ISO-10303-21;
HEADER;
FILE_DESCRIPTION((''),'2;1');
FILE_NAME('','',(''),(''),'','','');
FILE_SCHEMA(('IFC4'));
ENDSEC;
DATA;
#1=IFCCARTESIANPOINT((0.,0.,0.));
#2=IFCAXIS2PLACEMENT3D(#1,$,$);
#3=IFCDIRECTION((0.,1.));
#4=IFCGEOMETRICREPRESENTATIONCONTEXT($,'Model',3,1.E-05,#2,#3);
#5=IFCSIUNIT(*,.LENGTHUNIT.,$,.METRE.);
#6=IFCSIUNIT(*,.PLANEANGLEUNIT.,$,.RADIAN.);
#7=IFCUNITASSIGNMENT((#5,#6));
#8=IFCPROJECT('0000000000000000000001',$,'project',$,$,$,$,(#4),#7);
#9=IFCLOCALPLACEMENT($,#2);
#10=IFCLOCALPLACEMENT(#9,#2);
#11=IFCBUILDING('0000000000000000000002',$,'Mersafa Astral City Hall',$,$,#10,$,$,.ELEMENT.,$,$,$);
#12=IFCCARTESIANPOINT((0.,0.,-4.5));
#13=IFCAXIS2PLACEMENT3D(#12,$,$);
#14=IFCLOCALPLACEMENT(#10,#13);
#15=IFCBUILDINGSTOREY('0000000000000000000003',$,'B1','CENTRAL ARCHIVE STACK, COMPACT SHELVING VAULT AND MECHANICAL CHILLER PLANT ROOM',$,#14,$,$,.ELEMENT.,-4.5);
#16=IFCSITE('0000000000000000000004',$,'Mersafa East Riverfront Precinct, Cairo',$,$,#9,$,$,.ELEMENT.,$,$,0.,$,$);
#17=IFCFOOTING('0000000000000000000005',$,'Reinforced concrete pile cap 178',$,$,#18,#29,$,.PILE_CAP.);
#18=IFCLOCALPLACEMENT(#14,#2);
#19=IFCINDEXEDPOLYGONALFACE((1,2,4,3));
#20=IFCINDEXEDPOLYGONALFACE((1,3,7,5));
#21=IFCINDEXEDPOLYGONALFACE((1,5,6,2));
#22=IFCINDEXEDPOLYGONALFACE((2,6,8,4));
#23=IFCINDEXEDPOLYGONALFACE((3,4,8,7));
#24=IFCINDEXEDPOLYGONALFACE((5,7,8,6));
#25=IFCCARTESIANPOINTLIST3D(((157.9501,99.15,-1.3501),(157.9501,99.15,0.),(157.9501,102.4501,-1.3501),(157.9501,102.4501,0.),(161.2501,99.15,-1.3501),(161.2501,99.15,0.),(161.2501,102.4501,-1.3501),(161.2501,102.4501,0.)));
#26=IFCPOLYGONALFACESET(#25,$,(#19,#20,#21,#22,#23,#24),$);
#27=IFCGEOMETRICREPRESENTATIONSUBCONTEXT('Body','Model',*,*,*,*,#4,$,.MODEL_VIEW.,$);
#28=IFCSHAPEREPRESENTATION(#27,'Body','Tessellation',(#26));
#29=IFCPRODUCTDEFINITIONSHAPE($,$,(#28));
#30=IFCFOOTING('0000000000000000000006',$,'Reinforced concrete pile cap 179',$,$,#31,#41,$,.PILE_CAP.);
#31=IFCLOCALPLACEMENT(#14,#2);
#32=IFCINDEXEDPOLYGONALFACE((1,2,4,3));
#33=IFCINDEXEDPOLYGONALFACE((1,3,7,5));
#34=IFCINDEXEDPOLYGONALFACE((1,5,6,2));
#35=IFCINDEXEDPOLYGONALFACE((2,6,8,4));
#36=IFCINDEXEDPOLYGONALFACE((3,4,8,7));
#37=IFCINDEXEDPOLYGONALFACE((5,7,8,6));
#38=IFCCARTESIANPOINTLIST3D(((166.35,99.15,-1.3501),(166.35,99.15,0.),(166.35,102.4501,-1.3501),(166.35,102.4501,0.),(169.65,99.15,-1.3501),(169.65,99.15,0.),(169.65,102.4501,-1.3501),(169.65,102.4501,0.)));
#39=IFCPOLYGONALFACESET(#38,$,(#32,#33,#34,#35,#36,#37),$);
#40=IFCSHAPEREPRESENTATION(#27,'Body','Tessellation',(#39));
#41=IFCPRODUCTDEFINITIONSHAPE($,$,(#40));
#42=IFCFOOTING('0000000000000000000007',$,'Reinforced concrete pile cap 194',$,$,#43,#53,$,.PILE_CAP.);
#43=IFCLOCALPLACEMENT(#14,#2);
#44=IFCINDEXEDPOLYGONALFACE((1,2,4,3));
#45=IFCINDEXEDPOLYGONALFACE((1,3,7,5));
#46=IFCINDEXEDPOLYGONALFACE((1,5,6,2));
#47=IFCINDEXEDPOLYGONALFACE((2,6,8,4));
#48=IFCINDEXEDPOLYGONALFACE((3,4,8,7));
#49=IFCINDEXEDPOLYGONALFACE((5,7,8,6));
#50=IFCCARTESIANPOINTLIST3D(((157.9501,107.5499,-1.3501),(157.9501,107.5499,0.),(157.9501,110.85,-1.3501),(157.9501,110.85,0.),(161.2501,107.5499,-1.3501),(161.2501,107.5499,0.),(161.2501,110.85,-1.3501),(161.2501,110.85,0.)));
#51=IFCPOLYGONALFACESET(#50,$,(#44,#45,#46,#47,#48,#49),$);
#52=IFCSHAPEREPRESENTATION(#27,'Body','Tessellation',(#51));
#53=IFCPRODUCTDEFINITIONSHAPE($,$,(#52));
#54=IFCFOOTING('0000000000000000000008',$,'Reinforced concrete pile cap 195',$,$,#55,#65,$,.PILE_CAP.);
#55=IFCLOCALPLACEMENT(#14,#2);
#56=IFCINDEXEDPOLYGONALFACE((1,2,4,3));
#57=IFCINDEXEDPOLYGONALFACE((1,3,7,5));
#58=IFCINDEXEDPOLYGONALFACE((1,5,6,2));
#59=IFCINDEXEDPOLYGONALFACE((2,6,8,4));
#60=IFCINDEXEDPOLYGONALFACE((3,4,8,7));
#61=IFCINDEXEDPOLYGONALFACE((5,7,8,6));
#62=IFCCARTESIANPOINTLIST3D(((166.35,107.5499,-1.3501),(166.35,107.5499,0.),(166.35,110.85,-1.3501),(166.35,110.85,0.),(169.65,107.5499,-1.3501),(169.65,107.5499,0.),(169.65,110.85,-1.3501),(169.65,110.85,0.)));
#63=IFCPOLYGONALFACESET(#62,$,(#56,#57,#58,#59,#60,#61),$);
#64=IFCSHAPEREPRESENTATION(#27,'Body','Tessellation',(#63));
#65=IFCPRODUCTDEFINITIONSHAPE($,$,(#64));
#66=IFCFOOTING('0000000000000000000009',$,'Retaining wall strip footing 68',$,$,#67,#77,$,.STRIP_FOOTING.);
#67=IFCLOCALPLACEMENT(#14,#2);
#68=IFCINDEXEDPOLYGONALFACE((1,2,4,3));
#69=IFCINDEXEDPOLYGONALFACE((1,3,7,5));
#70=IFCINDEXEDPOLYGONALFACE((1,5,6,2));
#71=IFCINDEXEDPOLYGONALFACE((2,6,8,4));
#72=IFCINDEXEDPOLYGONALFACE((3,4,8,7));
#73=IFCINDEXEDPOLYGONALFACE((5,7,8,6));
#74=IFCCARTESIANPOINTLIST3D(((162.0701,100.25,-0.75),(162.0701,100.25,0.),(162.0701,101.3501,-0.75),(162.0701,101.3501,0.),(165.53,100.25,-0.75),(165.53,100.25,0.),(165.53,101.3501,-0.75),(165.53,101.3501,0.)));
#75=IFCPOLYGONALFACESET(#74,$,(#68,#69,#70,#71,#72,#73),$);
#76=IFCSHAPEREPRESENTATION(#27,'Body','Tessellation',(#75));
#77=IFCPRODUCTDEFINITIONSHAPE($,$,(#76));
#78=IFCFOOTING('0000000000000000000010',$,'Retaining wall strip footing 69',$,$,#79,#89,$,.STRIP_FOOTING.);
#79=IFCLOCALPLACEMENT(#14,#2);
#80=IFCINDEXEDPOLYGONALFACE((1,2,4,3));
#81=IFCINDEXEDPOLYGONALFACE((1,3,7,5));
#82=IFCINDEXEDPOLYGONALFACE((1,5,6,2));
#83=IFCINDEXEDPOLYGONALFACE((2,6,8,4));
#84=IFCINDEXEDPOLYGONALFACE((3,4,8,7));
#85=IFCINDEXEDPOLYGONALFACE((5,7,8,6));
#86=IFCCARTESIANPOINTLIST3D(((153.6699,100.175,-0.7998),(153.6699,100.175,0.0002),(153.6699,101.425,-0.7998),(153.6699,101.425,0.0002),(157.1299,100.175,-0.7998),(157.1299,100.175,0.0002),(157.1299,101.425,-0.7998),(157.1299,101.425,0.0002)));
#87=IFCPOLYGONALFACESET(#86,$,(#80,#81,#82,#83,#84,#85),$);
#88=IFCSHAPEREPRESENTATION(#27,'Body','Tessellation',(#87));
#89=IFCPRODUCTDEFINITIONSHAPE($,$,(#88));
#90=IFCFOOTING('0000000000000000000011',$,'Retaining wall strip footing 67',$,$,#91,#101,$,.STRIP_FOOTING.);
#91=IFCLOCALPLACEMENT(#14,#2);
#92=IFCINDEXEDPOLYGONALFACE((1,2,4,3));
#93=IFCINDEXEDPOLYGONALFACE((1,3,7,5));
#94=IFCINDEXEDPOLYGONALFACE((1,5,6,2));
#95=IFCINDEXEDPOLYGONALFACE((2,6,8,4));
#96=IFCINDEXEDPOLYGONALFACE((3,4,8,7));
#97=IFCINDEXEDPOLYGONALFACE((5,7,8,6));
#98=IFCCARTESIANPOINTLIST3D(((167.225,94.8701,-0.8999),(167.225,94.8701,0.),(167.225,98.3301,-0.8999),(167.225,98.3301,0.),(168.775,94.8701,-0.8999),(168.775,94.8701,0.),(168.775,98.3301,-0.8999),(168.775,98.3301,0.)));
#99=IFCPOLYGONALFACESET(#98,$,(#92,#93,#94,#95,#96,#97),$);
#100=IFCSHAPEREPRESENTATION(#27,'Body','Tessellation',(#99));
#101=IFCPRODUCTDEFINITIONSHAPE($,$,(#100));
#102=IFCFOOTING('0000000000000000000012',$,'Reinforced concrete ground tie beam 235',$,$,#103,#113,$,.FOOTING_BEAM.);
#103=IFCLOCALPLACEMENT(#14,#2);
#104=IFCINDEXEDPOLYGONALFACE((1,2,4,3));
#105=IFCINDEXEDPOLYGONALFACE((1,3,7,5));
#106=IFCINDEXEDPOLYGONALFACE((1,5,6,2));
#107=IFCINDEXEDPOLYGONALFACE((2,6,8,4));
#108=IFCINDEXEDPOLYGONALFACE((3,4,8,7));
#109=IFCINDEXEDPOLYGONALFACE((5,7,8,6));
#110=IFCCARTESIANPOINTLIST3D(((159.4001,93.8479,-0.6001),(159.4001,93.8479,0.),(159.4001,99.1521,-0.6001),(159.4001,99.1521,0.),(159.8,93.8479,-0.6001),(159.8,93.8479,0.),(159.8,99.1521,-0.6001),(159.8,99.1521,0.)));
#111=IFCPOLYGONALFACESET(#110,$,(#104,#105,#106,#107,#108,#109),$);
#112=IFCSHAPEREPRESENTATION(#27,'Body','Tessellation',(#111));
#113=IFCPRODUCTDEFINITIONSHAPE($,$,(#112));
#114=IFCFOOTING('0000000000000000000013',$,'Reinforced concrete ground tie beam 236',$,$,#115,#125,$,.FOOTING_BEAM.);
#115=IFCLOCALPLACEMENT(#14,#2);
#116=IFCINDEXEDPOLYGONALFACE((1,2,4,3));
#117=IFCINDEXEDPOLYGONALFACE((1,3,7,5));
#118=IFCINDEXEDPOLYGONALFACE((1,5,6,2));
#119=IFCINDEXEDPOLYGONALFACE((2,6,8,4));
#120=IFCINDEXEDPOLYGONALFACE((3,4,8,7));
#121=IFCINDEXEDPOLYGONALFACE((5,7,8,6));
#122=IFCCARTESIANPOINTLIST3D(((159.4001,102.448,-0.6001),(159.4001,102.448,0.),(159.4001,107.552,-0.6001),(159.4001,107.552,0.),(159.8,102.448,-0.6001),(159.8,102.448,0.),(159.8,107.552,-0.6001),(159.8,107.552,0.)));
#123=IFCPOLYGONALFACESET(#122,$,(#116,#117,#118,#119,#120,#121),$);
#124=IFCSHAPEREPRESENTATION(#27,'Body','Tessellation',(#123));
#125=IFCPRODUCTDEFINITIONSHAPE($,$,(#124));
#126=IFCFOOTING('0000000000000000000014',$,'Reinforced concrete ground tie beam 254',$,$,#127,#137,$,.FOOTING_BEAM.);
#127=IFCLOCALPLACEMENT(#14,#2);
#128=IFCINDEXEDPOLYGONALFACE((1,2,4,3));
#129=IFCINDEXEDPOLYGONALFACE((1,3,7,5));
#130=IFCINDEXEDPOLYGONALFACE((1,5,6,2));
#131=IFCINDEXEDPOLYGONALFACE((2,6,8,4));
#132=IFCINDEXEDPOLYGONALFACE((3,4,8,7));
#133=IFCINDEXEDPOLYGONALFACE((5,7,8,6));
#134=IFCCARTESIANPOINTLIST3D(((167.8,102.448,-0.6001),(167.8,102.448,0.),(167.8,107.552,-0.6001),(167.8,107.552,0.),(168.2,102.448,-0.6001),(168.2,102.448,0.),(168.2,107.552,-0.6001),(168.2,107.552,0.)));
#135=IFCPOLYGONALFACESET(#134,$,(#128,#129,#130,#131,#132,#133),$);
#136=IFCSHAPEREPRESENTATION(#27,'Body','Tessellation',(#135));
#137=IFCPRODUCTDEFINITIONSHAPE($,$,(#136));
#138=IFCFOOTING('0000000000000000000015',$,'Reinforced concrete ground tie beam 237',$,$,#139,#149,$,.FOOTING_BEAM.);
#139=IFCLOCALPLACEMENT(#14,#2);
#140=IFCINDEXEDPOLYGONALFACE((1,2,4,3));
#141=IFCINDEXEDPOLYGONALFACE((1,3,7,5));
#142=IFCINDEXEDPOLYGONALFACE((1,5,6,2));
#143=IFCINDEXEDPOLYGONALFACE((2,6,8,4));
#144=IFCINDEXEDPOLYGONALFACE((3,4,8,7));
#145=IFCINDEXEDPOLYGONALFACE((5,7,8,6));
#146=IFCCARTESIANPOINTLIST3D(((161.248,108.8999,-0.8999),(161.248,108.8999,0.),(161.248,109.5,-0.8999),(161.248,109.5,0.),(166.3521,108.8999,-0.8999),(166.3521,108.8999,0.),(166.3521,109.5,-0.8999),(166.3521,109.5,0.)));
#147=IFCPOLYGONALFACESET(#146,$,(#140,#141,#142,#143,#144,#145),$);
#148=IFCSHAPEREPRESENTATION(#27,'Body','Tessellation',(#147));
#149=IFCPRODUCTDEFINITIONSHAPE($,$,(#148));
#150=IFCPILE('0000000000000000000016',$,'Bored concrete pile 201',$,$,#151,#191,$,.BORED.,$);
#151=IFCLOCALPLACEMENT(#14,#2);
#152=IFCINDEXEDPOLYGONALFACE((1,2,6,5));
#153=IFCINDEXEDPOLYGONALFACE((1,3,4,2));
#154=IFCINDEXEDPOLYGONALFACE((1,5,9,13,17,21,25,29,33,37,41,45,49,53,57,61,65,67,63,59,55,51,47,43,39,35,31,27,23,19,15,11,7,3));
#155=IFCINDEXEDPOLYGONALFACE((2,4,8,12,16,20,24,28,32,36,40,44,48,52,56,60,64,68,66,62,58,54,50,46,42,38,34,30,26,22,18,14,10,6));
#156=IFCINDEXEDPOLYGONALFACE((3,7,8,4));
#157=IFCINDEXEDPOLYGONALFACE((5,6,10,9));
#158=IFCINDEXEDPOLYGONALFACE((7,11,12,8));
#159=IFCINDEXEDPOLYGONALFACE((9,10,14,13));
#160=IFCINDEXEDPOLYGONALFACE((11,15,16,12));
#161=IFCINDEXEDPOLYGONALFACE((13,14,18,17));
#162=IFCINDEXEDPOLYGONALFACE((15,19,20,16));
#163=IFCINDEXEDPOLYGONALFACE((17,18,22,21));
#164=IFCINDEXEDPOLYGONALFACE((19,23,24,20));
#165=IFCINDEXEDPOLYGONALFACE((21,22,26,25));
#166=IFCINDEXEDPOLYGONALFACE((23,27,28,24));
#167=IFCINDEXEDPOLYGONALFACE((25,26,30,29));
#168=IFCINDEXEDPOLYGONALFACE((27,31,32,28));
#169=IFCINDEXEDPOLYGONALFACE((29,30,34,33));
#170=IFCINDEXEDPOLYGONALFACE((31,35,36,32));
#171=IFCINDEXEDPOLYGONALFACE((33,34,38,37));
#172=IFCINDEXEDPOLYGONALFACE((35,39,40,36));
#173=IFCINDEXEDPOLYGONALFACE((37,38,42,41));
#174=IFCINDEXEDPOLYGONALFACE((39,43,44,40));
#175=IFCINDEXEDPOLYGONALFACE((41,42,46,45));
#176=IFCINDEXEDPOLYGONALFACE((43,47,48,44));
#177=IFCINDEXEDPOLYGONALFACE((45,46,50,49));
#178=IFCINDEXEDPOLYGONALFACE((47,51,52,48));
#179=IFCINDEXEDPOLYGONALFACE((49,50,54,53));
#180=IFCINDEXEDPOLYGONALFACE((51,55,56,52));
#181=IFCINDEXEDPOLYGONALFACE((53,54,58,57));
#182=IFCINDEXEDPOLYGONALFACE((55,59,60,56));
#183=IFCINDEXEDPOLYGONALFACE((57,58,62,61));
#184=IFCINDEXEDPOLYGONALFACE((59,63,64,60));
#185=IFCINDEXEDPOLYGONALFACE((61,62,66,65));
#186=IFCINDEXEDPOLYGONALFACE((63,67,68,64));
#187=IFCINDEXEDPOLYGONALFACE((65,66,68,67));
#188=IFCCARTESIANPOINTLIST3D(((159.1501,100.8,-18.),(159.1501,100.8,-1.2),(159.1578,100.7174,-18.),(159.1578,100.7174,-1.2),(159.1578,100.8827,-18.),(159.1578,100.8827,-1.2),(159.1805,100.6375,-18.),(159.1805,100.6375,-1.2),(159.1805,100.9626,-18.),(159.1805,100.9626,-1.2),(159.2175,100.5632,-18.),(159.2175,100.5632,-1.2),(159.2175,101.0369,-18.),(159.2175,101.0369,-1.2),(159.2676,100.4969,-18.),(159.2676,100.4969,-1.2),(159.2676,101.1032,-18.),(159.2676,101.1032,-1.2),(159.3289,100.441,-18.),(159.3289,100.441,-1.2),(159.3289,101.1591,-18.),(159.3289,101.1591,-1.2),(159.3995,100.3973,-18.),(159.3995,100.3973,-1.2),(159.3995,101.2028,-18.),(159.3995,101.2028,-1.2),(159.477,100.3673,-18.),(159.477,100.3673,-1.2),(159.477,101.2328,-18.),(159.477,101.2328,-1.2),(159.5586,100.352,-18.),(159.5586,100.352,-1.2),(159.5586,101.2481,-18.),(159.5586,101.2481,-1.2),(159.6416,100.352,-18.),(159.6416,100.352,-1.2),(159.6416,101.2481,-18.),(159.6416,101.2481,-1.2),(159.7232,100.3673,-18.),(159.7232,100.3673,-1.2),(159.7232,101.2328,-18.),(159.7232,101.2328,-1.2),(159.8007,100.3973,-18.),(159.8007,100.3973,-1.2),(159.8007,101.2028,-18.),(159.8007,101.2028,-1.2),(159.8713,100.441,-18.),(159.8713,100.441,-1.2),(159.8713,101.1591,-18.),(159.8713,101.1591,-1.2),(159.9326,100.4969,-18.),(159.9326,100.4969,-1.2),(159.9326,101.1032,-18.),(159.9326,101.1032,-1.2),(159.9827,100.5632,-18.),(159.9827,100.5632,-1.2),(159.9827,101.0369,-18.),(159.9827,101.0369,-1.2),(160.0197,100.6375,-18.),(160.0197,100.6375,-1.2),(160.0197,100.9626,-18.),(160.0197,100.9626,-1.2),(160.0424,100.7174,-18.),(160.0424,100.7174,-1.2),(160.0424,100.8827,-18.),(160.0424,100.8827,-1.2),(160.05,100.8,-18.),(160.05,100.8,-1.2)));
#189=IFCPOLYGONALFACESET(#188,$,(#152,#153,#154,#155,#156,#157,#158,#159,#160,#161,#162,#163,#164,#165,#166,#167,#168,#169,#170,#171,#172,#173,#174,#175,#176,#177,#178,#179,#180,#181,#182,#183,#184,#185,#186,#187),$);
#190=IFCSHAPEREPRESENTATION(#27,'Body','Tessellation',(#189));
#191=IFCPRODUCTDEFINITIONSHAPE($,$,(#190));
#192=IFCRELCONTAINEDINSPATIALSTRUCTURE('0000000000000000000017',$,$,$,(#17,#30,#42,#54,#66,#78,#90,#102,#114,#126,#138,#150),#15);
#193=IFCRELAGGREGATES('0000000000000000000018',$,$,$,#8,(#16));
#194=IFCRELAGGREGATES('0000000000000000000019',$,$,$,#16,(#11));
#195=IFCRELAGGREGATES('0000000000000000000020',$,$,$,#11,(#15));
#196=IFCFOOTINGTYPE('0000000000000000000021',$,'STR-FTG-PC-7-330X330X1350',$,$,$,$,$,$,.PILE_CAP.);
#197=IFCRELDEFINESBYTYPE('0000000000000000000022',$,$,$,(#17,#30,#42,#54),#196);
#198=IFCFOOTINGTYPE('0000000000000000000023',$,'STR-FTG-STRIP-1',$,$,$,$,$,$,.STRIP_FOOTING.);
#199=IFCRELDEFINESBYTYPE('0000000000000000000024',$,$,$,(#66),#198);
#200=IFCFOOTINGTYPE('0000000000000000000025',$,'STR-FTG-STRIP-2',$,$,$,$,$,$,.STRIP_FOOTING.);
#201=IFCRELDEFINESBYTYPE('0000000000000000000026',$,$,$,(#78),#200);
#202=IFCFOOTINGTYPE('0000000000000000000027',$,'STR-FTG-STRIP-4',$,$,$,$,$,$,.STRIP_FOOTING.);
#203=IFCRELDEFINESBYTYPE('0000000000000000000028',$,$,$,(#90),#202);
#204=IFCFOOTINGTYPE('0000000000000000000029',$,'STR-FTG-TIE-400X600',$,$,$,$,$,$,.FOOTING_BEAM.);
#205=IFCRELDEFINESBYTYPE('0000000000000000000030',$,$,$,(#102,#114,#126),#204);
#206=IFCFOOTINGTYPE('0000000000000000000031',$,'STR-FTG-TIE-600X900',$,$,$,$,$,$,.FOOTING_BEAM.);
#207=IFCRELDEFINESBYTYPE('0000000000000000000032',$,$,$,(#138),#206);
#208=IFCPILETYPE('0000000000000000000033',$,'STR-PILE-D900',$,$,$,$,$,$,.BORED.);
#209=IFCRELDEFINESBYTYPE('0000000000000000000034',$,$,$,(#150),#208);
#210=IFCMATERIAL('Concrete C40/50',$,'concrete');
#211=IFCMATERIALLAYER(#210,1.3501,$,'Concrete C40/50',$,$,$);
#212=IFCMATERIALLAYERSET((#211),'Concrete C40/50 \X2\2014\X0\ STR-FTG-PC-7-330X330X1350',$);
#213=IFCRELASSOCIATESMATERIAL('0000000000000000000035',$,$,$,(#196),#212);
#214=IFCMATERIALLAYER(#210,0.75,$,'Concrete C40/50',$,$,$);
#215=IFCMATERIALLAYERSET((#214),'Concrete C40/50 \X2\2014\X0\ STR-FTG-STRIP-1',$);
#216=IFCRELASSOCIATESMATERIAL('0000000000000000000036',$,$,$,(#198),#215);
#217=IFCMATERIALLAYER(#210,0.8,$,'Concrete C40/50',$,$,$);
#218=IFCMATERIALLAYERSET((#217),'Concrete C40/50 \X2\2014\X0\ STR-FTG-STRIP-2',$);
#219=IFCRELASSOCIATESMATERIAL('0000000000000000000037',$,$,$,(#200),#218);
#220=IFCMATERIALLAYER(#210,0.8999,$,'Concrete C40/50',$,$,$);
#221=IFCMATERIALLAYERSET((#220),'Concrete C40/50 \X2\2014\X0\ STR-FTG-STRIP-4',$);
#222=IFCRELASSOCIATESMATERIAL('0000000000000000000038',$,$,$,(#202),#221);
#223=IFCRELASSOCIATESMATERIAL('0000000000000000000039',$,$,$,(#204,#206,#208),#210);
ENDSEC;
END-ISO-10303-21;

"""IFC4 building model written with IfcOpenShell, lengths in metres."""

from ifc_helpers import new_model, si_unit, direction, frame, origin, origin_2d, place, context, subcontext, project, spatial, rectangle, circle, extrude, material, layer, layer_set, material_profile, profile_set, type_object, element, save


model = new_model("IFC4")

# Units and contexts
model_context = context("Model", 3, precision=1e-05, world=origin(), true_north=direction((0.0, 1.0)))
body_context = subcontext(model_context, "Body", "Model", "MODEL_VIEW")
ifc_project = project(units=[si_unit("LENGTHUNIT", "METRE"), si_unit("PLANEANGLEUNIT", "RADIAN")], contexts=[model_context])

# Site, building, storey
site_placement = place(None, origin())
site = spatial("IfcSite", under=ifc_project, at=site_placement, Name="Mersafa East Riverfront Precinct, Cairo", CompositionType="ELEMENT", RefElevation=0.0)
building_placement = place(site_placement, origin())
building = spatial("IfcBuilding", under=site, at=building_placement, Name="Mersafa Astral City Hall", CompositionType="ELEMENT")
storey_placement = place(building_placement, frame((0.0, 0.0, -4.5)))
storey = spatial("IfcBuildingStorey", under=building, at=storey_placement, Name="B1", Description="CENTRAL ARCHIVE STACK, COMPACT SHELVING VAULT AND MECHANICAL CHILLER PLANT ROOM", CompositionType="ELEMENT", Elevation=-4.5)

# Footings
ifc_material_1 = material(Name="Concrete C40/50", Category="concrete")
ifc_layer_1 = layer(ifc_material_1, 1.3501, Name="Concrete C40/50")
ifc_layer_set_1 = layer_set([ifc_layer_1], Name="Concrete C40/50 — STR-FTG-PC-7-330X330X1350")
footing_type_1 = type_object("IfcFootingType", Name="STR-FTG-PC-7-330X330X1350", PredefinedType="PILE_CAP", material=ifc_layer_set_1)
for number, where, z_axis, x_axis, name in (
    (1, (159.6001, 100.8, -1.3501), (0.0, 0.0, 1.0), (1.0, 0.0, 0.0), "Reinforced concrete pile cap 178"),
    (2, (168.0, 100.8, -1.3501), (0.0, 0.0, 1.0), (1.0, 0.0, 0.0), "Reinforced concrete pile cap 179"),
    (3, (159.6001, 109.2, -1.3501), (0.0, 0.0, 1.0), (1.0, 0.0, 0.0), "Reinforced concrete pile cap 194"),
    (4, (168.0, 109.2, -1.3501), (0.0, 0.0, 1.0), (1.0, 0.0, 0.0), "Reinforced concrete pile cap 195"),
):
    element("IfcFooting", number, at=place(storey_placement, frame(where, z_axis=z_axis, x_axis=x_axis)), inside=storey, type_object=footing_type_1, Name=name, PredefinedType="PILE_CAP", context=body_context, shape_type="SweptSolid", body=[
        extrude(rectangle(XDim=3.3, YDim=3.3, at=origin_2d()), origin(), (0.0, 0.0, 1.0), 1.3501),
    ])
ifc_layer_2 = layer(ifc_material_1, 0.75, Name="Concrete C40/50")
ifc_layer_set_2 = layer_set([ifc_layer_2], Name="Concrete C40/50 — STR-FTG-STRIP-1")
footing_type_2 = type_object("IfcFootingType", Name="STR-FTG-STRIP-1", PredefinedType="STRIP_FOOTING", material=ifc_layer_set_2)
footing_1_placement = place(storey_placement, frame((163.8, 100.8, -0.75), z_axis=(0.0, 0.0, 1.0), x_axis=(-1.0, 0.0, 0.0)))
element("IfcFooting", 5, at=footing_1_placement, inside=storey, type_object=footing_type_2, Name="Retaining wall strip footing 68", PredefinedType="STRIP_FOOTING", context=body_context, shape_type="SweptSolid", body=[
    extrude(rectangle(XDim=3.46, YDim=1.1001, at=origin_2d()), origin(), (0.0, 0.0, 1.0), 0.75),
])
ifc_layer_3 = layer(ifc_material_1, 0.8, Name="Concrete C40/50")
ifc_layer_set_3 = layer_set([ifc_layer_3], Name="Concrete C40/50 — STR-FTG-STRIP-2")
footing_type_3 = type_object("IfcFootingType", Name="STR-FTG-STRIP-2", PredefinedType="STRIP_FOOTING", material=ifc_layer_set_3)
footing_2_placement = place(storey_placement, frame((155.3999, 100.8, -0.7998), z_axis=(0.0, 0.0, 1.0), x_axis=(-1.0, 0.0, 0.0)))
element("IfcFooting", 6, at=footing_2_placement, inside=storey, type_object=footing_type_3, Name="Retaining wall strip footing 69", PredefinedType="STRIP_FOOTING", context=body_context, shape_type="SweptSolid", body=[
    extrude(rectangle(XDim=3.46, YDim=1.25, at=origin_2d()), origin(), (0.0, 0.0, 1.0), 0.8),
])
ifc_layer_4 = layer(ifc_material_1, 0.8999, Name="Concrete C40/50")
ifc_layer_set_4 = layer_set([ifc_layer_4], Name="Concrete C40/50 — STR-FTG-STRIP-4")
footing_type_4 = type_object("IfcFootingType", Name="STR-FTG-STRIP-4", PredefinedType="STRIP_FOOTING", material=ifc_layer_set_4)
footing_3_placement = place(storey_placement, frame((168.0, 96.6001, -0.8999), z_axis=(0.0, 0.0, 1.0), x_axis=(0.0, 1.0, 0.0)))
element("IfcFooting", 7, at=footing_3_placement, inside=storey, type_object=footing_type_4, Name="Retaining wall strip footing 67", PredefinedType="STRIP_FOOTING", context=body_context, shape_type="SweptSolid", body=[
    extrude(rectangle(XDim=3.46, YDim=1.55, at=origin_2d()), origin(), (0.0, 0.0, 1.0), 0.8999),
])
ifc_material_profile_1 = material_profile(ifc_material_1, rectangle(XDim=0.3999, YDim=0.6001, at=origin_2d()), Name="RC 400x600")
ifc_profile_set_1 = profile_set([ifc_material_profile_1], Name="Concrete C40/50")
footing_type_5 = type_object("IfcFootingType", Name="STR-FTG-TIE-400X600", PredefinedType="FOOTING_BEAM", material=ifc_profile_set_1)
footing_4_placement = place(storey_placement, frame((159.6001, 93.8479, -0.3), z_axis=(0.0, 1.0, 0.0), x_axis=(-1.0, 0.0, 0.0)))
element("IfcFooting", 8, at=footing_4_placement, inside=storey, type_object=footing_type_5, Name="Reinforced concrete ground tie beam 235", PredefinedType="FOOTING_BEAM", context=body_context, shape_type="SweptSolid", body=[
    extrude(rectangle(XDim=0.3999, YDim=0.6001, at=origin_2d()), origin(), (0.0, 0.0, 1.0), 5.3042),
])
for number, where, z_axis, x_axis, name in (
    (9, (159.6001, 102.448, -0.3), (0.0, 1.0, 0.0), (-1.0, 0.0, 0.0), "Reinforced concrete ground tie beam 236"),
    (10, (168.0, 102.448, -0.3), (0.0, 1.0, 0.0), (-1.0, 0.0, 0.0), "Reinforced concrete ground tie beam 254"),
):
    element("IfcFooting", number, at=place(storey_placement, frame(where, z_axis=z_axis, x_axis=x_axis)), inside=storey, type_object=footing_type_5, Name=name, PredefinedType="FOOTING_BEAM", context=body_context, shape_type="SweptSolid", body=[
        extrude(rectangle(XDim=0.3999, YDim=0.6001, at=origin_2d()), origin(), (0.0, 0.0, 1.0), 5.104),
    ])
ifc_material_profile_2 = material_profile(ifc_material_1, rectangle(XDim=0.6001, YDim=0.8999, at=origin_2d()), Name="RC 600x900")
ifc_profile_set_2 = profile_set([ifc_material_profile_2], Name="Concrete C40/50")
footing_type_6 = type_object("IfcFootingType", Name="STR-FTG-TIE-600X900", PredefinedType="FOOTING_BEAM", material=ifc_profile_set_2)
footing_5_placement = place(storey_placement, frame((161.248, 109.2, -0.45), z_axis=(1.0, 0.0, 0.0), x_axis=(0.0, 1.0, 0.0)))
element("IfcFooting", 11, at=footing_5_placement, inside=storey, type_object=footing_type_6, Name="Reinforced concrete ground tie beam 237", PredefinedType="FOOTING_BEAM", context=body_context, shape_type="SweptSolid", body=[
    extrude(rectangle(XDim=0.6001, YDim=0.8999, at=origin_2d()), origin(), (0.0, 0.0, 1.0), 5.104),
])

# Pile
ifc_material_profile_3 = material_profile(ifc_material_1, circle(Radius=0.45, at=origin_2d()), Name="PILE D900")
ifc_profile_set_3 = profile_set([ifc_material_profile_3], Name="Concrete C40/50")
pile_type = type_object("IfcPileType", Name="STR-PILE-D900", PredefinedType="BORED", material=ifc_profile_set_3)
for number, where, z_axis, x_axis, name in (
    (12, (159.6001, 100.8, -1.2), (0.0, 0.0, -1.0), (1.0, 0.0, 0.0), "Bored concrete pile 201"),
):
    element("IfcPile", number, at=place(storey_placement, frame(where, z_axis=z_axis, x_axis=x_axis)), inside=storey, type_object=pile_type, Name=name, PredefinedType="BORED", context=body_context, shape_type="SweptSolid", body=[
        extrude(circle(Radius=0.45, at=origin_2d()), origin(), (0.0, 0.0, 1.0), 16.8),
    ])

save(model, "model.ifc")
